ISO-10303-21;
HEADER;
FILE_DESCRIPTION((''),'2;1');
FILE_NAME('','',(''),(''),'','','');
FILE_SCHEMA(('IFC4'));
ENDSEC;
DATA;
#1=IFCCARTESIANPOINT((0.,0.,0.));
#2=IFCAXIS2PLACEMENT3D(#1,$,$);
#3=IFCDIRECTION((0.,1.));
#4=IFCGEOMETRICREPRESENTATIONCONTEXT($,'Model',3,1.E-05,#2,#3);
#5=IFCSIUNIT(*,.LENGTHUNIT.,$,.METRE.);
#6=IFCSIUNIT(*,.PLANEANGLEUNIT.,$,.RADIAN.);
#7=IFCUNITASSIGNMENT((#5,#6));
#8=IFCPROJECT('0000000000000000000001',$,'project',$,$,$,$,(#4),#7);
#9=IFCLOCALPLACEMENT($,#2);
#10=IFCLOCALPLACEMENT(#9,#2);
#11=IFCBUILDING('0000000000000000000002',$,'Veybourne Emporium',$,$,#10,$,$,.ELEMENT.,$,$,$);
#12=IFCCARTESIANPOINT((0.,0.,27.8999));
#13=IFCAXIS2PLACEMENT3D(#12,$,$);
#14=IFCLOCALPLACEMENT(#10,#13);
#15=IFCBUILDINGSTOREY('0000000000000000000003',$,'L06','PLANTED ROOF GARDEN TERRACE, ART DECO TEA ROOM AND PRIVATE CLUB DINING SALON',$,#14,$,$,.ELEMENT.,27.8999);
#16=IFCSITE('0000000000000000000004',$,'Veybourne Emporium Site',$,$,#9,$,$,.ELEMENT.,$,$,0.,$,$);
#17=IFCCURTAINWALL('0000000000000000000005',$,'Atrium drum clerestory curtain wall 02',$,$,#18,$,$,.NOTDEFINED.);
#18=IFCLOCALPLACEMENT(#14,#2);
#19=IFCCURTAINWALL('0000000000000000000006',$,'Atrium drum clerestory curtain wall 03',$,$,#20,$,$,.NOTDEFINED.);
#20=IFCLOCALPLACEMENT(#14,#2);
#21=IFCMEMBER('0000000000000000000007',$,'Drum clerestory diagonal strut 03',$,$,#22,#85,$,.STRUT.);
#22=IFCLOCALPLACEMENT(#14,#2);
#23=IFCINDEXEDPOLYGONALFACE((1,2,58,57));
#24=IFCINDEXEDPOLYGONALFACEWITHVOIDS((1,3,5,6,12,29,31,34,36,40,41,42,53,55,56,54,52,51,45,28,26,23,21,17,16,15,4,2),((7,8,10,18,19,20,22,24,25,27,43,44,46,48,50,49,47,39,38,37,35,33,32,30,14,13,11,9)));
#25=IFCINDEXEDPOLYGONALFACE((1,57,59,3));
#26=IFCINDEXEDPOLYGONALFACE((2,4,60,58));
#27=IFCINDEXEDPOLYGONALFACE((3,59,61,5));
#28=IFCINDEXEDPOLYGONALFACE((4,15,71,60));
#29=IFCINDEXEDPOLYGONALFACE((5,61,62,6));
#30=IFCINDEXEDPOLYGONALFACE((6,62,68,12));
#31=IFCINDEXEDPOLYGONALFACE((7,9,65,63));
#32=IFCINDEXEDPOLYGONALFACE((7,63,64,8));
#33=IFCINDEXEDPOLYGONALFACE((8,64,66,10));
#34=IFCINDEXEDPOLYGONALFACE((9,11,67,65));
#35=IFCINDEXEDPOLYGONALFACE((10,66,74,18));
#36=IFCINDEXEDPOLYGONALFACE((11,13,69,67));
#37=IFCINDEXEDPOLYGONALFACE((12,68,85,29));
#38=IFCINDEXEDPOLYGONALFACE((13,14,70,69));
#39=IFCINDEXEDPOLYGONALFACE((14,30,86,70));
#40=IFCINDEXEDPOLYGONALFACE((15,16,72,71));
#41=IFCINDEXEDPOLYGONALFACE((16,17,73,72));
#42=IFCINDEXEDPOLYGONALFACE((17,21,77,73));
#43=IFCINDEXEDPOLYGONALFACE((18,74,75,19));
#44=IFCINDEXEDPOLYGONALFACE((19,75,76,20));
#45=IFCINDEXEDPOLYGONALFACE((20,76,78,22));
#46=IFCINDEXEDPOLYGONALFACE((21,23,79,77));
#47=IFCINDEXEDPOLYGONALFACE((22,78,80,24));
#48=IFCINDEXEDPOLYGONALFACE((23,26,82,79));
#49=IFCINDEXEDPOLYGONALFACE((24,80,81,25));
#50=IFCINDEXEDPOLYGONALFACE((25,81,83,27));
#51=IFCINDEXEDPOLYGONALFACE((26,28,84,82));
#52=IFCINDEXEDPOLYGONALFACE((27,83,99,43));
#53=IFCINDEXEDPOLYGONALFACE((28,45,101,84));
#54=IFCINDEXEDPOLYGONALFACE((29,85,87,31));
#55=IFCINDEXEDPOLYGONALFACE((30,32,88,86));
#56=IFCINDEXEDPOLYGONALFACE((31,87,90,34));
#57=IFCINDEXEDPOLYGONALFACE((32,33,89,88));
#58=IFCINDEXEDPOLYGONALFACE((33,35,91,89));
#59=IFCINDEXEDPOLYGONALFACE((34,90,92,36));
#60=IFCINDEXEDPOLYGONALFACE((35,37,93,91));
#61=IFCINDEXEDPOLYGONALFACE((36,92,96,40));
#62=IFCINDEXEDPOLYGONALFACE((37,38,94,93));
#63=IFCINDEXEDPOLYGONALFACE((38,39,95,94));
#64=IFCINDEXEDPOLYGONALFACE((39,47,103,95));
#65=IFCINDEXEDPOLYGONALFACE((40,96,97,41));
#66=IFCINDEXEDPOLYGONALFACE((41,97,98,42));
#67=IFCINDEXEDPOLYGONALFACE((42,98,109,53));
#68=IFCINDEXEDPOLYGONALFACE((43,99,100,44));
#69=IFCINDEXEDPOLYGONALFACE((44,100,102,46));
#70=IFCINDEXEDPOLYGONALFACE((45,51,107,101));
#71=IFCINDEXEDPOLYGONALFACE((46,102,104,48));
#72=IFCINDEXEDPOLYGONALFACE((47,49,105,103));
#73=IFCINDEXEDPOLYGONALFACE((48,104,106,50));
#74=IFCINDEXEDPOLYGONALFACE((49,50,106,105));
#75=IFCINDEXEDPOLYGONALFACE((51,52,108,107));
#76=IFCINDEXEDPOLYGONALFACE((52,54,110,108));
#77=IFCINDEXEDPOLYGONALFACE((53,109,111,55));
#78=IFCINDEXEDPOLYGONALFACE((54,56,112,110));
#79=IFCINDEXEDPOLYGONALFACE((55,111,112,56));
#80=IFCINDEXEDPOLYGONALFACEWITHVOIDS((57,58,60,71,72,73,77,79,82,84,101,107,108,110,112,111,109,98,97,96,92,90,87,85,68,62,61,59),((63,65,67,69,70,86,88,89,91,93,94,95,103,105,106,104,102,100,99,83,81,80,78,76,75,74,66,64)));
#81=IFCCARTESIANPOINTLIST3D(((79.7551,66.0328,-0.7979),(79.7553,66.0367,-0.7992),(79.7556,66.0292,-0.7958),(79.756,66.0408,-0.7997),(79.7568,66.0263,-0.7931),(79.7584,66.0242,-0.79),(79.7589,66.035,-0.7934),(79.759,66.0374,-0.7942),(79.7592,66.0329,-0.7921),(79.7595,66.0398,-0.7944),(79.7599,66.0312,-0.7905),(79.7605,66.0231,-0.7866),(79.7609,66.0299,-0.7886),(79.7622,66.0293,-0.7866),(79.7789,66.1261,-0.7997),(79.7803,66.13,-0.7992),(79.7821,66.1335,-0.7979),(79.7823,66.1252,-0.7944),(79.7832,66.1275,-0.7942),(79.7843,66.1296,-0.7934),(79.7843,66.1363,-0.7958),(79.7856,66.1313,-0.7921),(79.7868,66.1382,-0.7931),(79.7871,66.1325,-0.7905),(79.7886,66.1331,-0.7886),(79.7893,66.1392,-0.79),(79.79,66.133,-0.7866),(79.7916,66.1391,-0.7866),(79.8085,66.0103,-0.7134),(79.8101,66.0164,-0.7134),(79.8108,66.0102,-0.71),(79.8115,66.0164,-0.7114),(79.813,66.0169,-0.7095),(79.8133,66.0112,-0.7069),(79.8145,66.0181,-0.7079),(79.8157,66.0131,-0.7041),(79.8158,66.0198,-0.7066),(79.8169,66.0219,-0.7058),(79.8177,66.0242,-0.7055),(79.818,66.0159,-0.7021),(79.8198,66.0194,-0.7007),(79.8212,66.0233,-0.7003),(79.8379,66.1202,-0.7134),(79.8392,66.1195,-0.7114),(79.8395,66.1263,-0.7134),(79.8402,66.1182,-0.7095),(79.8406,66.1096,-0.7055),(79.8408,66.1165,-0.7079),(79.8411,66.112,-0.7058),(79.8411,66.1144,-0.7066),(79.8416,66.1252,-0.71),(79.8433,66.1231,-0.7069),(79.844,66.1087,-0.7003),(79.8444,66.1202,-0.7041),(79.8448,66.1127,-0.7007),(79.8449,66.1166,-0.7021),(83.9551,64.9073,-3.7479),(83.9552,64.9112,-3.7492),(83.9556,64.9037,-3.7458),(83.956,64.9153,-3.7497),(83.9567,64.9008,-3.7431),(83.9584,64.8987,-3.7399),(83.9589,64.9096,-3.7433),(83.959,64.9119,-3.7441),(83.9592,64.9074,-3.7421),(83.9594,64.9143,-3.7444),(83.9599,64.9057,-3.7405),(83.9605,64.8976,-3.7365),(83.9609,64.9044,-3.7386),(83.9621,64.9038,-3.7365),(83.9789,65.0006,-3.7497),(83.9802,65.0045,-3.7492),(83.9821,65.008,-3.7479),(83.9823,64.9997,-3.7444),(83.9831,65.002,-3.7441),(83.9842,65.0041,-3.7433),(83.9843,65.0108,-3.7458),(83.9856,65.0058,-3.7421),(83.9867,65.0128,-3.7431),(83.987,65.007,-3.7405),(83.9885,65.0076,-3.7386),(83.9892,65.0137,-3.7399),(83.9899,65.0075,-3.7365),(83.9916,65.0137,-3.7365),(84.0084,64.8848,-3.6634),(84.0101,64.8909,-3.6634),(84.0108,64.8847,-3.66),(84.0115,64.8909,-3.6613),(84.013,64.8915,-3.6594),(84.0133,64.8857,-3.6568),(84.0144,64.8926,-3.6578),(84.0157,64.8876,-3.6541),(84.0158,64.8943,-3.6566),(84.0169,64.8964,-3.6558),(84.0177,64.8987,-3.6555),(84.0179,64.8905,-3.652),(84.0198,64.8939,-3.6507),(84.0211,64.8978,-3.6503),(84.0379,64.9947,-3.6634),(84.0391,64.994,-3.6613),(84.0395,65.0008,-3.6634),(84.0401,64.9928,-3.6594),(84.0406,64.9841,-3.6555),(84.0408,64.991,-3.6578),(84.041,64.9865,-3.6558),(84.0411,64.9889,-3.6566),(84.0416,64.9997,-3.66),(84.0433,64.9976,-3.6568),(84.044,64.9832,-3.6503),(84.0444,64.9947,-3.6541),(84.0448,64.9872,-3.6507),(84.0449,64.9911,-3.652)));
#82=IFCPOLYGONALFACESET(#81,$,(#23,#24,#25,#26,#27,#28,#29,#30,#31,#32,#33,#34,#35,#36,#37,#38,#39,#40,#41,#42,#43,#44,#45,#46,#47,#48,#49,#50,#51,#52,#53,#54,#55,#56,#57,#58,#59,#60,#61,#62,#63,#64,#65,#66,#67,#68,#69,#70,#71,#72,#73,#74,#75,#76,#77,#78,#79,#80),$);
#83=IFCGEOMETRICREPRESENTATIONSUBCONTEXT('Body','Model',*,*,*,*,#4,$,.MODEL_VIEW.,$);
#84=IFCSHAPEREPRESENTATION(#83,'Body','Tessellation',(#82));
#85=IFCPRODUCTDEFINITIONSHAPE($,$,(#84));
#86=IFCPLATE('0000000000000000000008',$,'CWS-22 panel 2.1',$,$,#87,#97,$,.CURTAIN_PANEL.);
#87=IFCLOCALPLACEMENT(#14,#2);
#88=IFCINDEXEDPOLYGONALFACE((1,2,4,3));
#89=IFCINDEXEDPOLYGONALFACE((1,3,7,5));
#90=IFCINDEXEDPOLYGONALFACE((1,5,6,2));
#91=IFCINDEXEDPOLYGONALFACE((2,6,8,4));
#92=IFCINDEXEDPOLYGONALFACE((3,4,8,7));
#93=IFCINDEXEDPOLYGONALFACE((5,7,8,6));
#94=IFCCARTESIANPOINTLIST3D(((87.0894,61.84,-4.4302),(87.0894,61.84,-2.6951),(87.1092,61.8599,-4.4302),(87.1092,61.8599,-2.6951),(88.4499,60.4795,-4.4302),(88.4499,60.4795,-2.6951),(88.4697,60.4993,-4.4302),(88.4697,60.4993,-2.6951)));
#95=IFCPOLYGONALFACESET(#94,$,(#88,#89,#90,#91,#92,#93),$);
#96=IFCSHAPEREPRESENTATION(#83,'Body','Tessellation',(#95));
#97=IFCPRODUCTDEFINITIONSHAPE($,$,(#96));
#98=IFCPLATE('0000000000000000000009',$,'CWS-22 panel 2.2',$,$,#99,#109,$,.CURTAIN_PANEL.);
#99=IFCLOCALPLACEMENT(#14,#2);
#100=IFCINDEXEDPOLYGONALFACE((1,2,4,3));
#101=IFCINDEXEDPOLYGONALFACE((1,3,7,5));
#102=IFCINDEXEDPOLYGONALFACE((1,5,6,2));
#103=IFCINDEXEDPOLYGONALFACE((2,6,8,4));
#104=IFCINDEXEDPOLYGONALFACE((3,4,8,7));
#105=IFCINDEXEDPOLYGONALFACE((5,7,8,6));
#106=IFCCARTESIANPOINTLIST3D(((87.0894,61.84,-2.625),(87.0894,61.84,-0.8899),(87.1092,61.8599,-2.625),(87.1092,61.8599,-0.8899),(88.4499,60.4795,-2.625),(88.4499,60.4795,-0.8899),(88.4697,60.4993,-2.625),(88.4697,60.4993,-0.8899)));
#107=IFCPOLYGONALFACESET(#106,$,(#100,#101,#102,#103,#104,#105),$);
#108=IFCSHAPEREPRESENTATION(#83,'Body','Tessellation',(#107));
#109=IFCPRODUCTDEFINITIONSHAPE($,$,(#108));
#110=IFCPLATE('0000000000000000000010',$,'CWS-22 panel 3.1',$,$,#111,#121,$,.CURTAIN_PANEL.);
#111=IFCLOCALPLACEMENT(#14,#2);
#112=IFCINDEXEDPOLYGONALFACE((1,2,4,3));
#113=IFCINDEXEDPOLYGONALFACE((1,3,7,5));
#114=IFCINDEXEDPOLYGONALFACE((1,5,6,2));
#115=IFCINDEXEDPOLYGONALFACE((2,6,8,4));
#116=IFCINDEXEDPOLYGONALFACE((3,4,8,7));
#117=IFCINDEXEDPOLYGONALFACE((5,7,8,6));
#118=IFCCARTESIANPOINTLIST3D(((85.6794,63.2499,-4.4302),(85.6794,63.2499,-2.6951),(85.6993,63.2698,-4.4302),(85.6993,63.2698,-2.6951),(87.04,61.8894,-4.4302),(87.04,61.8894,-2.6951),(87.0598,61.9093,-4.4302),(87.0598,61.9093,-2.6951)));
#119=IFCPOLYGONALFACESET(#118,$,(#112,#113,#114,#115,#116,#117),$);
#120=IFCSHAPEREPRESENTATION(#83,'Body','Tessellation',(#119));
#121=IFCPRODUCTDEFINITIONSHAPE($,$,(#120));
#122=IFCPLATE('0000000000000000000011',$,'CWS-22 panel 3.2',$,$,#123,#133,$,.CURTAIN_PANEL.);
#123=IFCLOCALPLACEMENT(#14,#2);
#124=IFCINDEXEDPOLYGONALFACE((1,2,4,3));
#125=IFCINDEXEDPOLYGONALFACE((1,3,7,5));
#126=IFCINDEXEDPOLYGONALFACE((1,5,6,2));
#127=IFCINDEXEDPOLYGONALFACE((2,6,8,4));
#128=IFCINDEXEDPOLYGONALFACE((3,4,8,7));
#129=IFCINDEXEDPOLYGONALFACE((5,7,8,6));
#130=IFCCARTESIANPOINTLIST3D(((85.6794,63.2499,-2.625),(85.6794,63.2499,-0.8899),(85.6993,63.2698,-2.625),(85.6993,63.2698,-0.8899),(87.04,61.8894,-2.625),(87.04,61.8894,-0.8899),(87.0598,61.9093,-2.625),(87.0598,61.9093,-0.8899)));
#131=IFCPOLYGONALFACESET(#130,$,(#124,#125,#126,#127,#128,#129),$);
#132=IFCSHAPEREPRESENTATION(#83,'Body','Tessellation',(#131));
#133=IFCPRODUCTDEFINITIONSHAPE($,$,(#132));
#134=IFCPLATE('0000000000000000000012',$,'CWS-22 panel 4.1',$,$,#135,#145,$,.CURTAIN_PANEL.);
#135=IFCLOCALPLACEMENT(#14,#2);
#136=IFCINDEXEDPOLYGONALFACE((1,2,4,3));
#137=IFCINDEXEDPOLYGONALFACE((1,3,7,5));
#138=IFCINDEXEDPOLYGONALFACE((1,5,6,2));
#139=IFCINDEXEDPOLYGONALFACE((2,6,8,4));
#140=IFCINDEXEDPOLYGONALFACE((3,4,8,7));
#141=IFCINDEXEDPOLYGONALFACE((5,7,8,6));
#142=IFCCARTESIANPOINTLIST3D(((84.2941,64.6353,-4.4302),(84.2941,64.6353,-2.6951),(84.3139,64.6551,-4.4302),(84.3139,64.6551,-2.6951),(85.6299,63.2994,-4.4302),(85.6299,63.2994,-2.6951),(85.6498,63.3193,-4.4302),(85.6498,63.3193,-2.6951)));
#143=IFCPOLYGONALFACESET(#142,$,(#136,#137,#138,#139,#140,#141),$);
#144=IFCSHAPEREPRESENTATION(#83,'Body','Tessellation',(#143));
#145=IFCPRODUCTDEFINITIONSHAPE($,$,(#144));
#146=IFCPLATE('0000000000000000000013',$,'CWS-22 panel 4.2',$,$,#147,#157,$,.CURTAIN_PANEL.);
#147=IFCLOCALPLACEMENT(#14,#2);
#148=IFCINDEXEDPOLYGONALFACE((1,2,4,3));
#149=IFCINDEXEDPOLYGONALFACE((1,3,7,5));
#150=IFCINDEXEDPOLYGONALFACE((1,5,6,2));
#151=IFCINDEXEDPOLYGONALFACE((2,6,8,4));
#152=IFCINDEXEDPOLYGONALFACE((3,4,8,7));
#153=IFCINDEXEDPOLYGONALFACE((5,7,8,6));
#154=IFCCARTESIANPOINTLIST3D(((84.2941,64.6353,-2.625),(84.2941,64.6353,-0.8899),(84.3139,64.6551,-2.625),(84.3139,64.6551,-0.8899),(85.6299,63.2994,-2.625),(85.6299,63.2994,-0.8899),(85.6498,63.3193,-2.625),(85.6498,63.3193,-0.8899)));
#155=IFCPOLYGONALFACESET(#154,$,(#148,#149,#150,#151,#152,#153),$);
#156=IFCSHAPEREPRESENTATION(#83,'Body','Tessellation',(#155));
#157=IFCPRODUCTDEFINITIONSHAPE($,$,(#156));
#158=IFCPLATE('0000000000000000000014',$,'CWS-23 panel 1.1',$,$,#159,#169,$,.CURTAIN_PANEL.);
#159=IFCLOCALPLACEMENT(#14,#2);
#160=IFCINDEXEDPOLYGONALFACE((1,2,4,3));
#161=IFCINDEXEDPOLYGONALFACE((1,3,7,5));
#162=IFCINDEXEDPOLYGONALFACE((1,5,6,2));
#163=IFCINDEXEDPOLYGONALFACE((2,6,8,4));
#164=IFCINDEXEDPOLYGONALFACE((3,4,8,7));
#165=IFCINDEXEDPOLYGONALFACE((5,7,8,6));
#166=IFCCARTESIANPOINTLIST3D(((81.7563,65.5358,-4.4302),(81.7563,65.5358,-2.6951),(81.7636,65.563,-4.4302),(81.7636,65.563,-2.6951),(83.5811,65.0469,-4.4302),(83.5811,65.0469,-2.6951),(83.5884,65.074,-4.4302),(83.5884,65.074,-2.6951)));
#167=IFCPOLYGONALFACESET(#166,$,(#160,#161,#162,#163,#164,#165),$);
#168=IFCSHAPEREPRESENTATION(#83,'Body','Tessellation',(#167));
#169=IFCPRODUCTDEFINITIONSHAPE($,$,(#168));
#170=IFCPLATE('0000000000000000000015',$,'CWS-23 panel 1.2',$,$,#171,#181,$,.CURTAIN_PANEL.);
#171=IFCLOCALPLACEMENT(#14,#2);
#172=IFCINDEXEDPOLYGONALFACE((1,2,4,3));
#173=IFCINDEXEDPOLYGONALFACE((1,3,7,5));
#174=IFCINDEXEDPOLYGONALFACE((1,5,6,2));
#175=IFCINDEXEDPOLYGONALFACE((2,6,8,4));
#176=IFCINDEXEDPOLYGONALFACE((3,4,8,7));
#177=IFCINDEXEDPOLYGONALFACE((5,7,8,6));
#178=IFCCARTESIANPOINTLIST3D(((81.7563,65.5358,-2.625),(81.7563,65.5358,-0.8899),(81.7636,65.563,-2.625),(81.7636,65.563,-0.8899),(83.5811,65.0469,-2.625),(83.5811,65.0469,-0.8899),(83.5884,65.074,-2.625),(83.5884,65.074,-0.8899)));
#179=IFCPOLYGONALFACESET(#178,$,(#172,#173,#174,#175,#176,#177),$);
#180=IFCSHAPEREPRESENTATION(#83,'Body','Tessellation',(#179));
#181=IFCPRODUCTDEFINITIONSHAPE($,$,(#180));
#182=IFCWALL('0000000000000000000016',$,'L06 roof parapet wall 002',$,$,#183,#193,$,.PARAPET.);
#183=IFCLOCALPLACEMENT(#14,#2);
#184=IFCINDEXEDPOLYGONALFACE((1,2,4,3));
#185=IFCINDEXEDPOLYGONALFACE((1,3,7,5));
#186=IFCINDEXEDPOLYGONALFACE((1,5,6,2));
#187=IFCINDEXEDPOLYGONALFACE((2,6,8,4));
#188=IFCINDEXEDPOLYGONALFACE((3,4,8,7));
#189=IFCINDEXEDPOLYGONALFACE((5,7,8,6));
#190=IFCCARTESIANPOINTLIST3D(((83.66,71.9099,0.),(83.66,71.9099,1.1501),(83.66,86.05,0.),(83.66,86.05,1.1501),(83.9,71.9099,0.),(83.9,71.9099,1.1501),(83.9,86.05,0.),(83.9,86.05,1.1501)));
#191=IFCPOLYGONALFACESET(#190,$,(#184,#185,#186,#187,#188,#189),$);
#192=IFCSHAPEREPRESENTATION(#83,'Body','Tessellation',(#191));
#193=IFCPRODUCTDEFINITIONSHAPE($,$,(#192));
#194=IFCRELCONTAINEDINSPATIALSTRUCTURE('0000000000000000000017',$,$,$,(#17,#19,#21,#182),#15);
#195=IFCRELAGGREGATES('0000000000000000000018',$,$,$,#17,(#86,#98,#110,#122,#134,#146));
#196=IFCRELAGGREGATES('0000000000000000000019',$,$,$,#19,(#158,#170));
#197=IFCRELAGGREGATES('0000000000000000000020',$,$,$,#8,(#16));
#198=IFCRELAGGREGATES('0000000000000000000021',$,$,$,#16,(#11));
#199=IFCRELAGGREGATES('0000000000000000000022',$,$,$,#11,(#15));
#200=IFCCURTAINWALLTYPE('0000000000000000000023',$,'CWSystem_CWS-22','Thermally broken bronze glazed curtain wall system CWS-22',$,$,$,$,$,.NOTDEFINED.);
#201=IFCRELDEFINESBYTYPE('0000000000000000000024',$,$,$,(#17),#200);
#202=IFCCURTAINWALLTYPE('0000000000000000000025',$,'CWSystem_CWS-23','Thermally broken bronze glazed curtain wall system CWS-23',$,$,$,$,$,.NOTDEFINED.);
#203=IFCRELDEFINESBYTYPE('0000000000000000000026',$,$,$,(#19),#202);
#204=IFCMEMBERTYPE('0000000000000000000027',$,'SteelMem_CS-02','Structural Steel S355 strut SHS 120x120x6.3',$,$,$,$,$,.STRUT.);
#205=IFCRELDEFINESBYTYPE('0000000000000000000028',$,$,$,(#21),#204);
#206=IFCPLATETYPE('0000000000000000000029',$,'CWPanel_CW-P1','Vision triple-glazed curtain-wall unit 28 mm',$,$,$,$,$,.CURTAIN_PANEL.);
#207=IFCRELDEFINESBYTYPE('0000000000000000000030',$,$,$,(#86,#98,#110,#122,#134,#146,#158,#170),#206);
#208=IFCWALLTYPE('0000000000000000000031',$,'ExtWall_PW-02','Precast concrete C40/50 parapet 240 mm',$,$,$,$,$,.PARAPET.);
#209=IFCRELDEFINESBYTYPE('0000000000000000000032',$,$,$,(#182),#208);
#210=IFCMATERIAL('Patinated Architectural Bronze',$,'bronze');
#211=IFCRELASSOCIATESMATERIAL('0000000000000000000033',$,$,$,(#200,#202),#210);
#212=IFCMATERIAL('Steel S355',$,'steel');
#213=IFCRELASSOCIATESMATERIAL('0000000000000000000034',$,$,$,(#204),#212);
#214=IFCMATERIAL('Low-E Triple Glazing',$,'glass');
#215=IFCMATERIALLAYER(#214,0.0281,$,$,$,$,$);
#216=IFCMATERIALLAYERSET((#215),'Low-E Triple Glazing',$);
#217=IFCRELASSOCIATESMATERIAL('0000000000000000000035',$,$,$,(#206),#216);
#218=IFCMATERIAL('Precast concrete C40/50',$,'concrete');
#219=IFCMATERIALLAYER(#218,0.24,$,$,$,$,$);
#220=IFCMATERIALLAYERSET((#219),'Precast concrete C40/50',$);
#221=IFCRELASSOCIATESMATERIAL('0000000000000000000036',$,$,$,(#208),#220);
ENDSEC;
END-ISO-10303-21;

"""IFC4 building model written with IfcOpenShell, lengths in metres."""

from ifc_helpers import new_model, si_unit, direction, frame, frame_2d, origin, origin_2d, place, context, subcontext, project, spatial, rectangle, hollow_rectangle, extrude, material, layer, layer_set, material_profile, profile_set, type_object, element, aggregate, save


model = new_model("IFC4")

# Units and contexts
model_context = context("Model", 3, precision=1e-05, world=origin(), true_north=direction((0.0, 1.0)))
body_context = subcontext(model_context, "Body", "Model", "MODEL_VIEW")
ifc_project = project(units=[si_unit("LENGTHUNIT", "METRE"), si_unit("PLANEANGLEUNIT", "RADIAN")], contexts=[model_context])

# Site, building, storey
site_placement = place(None, origin())
site = spatial("IfcSite", under=ifc_project, at=site_placement, Name="Veybourne Emporium Site", CompositionType="ELEMENT", RefElevation=0.0)
building_placement = place(site_placement, origin())
building = spatial("IfcBuilding", under=site, at=building_placement, Name="Veybourne Emporium", CompositionType="ELEMENT")
storey_placement = place(building_placement, frame((0.0, 0.0, 27.8999)))
storey = spatial("IfcBuildingStorey", under=building, at=storey_placement, Name="L06", Description="PLANTED ROOF GARDEN TERRACE, ART DECO TEA ROOM AND PRIVATE CLUB DINING SALON", CompositionType="ELEMENT", Elevation=27.8999)

# Curtain walls
ifc_material_1 = material(Name="Patinated Architectural Bronze", Category="bronze")
curtain_wall_type_1 = type_object("IfcCurtainWallType", Name="CWSystem_CWS-22", Description="Thermally broken bronze glazed curtain wall system CWS-22", PredefinedType="NOTDEFINED", material=ifc_material_1)
curtain_wall_1_placement = place(storey_placement, origin())
curtain_wall_1 = element("IfcCurtainWall", 1, at=curtain_wall_1_placement, inside=storey, type_object=curtain_wall_type_1, Name="Atrium drum clerestory curtain wall 02", PredefinedType="NOTDEFINED")
curtain_wall_type_2 = type_object("IfcCurtainWallType", Name="CWSystem_CWS-23", Description="Thermally broken bronze glazed curtain wall system CWS-23", PredefinedType="NOTDEFINED", material=ifc_material_1)
curtain_wall_2_placement = place(storey_placement, origin())
curtain_wall_2 = element("IfcCurtainWall", 2, at=curtain_wall_2_placement, inside=storey, type_object=curtain_wall_type_2, Name="Atrium drum clerestory curtain wall 03", PredefinedType="NOTDEFINED")

# Member
ifc_material_2 = material(Name="Steel S355", Category="steel")
ifc_material_profile_1 = material_profile(ifc_material_2, hollow_rectangle(XDim=0.1201, YDim=0.1201, WallThickness=0.0063, InnerFilletRadius=0.0095, OuterFilletRadius=0.0159, at=origin_2d()), Name="SHS 120x120x6.3")
ifc_profile_set_1 = profile_set([ifc_material_profile_1], Name="Steel S355")
member_type_1 = type_object("IfcMemberType", Name="SteelMem_CS-02", Description="Structural Steel S355 strut SHS 120x120x6.3", PredefinedType="STRUT", material=ifc_profile_set_1)
member_1_placement = place(storey_placement, frame((84.0, 64.9492, -3.7), z_axis=(-0.799324, 0.2142, 0.561427), x_axis=(-0.258844, -0.965919, 0.0)))
element("IfcMember", 3, at=member_1_placement, inside=storey, type_object=member_type_1, Name="Drum clerestory diagonal strut 03", PredefinedType="STRUT", context=body_context, shape_type="SweptSolid", body=[
    extrude(hollow_rectangle(XDim=0.1201, YDim=0.1201, WallThickness=0.0063, InnerFilletRadius=0.0095, OuterFilletRadius=0.0159, at=origin_2d()), origin(), (0.0, 0.0, 1.0), 5.2544),
])

# Plates
ifc_material_3 = material(Name="Low-E Triple Glazing", Category="glass")
ifc_layer_1 = layer(ifc_material_3, 0.0281)
ifc_layer_set_1 = layer_set([ifc_layer_1], Name="Low-E Triple Glazing")
plate_type = type_object("IfcPlateType", Name="CWPanel_CW-P1", Description="Vision triple-glazed curtain-wall unit 28 mm", PredefinedType="CURTAIN_PANEL", material=ifc_layer_set_1)
plate_1_placement = place(storey_placement, frame((87.7795, 61.1697, -4.4302), z_axis=(0.0, 0.0, 1.0), x_axis=(-0.707107, 0.707107, 0.0)))
plate_1 = element("IfcPlate", 4, at=plate_1_placement, type_object=plate_type, Name="CWS-22 panel 2.1", PredefinedType="CURTAIN_PANEL", context=body_context, shape_type="SweptSolid", body=[
    extrude(rectangle(XDim=1.9241, YDim=0.0281, at=origin_2d()), origin(), (0.0, 0.0, 1.0), 1.7351),
])
plate_2_placement = place(storey_placement, frame((87.7795, 61.1697, -2.625), z_axis=(0.0, 0.0, 1.0), x_axis=(-0.707107, 0.707107, 0.0)))
plate_2 = element("IfcPlate", 5, at=plate_2_placement, type_object=plate_type, Name="CWS-22 panel 2.2", PredefinedType="CURTAIN_PANEL", context=body_context, shape_type="SweptSolid", body=[
    extrude(rectangle(XDim=1.9241, YDim=0.0281, at=origin_2d()), origin(), (0.0, 0.0, 1.0), 1.7351),
])
plate_3_placement = place(storey_placement, frame((86.3696, 62.5796, -4.4302), z_axis=(0.0, 0.0, 1.0), x_axis=(-0.707107, 0.707107, 0.0)))
plate_3 = element("IfcPlate", 6, at=plate_3_placement, type_object=plate_type, Name="CWS-22 panel 3.1", PredefinedType="CURTAIN_PANEL", context=body_context, shape_type="SweptSolid", body=[
    extrude(rectangle(XDim=1.9241, YDim=0.0281, at=origin_2d()), origin(), (0.0, 0.0, 1.0), 1.7351),
])
plate_4_placement = place(storey_placement, frame((86.3696, 62.5796, -2.625), z_axis=(0.0, 0.0, 1.0), x_axis=(-0.707107, 0.707107, 0.0)))
plate_4 = element("IfcPlate", 7, at=plate_4_placement, type_object=plate_type, Name="CWS-22 panel 3.2", PredefinedType="CURTAIN_PANEL", context=body_context, shape_type="SweptSolid", body=[
    extrude(rectangle(XDim=1.9241, YDim=0.0281, at=origin_2d()), origin(), (0.0, 0.0, 1.0), 1.7351),
])
plate_5_placement = place(storey_placement, frame((84.9719, 63.9773, -4.4302), z_axis=(0.0, 0.0, 1.0), x_axis=(-0.707107, 0.707107, 0.0)))
plate_5 = element("IfcPlate", 8, at=plate_5_placement, type_object=plate_type, Name="CWS-22 panel 4.1", PredefinedType="CURTAIN_PANEL", context=body_context, shape_type="SweptSolid", body=[
    extrude(rectangle(XDim=1.8892, YDim=0.0281, at=origin_2d()), origin(), (0.0, 0.0, 1.0), 1.7351),
])
plate_6_placement = place(storey_placement, frame((84.9719, 63.9773, -2.625), z_axis=(0.0, 0.0, 1.0), x_axis=(-0.707107, 0.707107, 0.0)))
plate_6 = element("IfcPlate", 9, at=plate_6_placement, type_object=plate_type, Name="CWS-22 panel 4.2", PredefinedType="CURTAIN_PANEL", context=body_context, shape_type="SweptSolid", body=[
    extrude(rectangle(XDim=1.8892, YDim=0.0281, at=origin_2d()), origin(), (0.0, 0.0, 1.0), 1.7351),
])
aggregate(curtain_wall_1, [plate_1, plate_2, plate_3, plate_4, plate_5, plate_6])
plate_7_placement = place(storey_placement, frame((82.6724, 65.3049, -4.4302), z_axis=(0.0, 0.0, 1.0), x_axis=(-0.965926, 0.25882, 0.0)))
plate_7 = element("IfcPlate", 10, at=plate_7_placement, type_object=plate_type, Name="CWS-23 panel 1.1", PredefinedType="CURTAIN_PANEL", context=body_context, shape_type="SweptSolid", body=[
    extrude(rectangle(XDim=1.8892, YDim=0.0281, at=origin_2d()), origin(), (0.0, 0.0, 1.0), 1.7351),
])
plate_8_placement = place(storey_placement, frame((82.6724, 65.3049, -2.625), z_axis=(0.0, 0.0, 1.0), x_axis=(-0.965926, 0.25882, 0.0)))
plate_8 = element("IfcPlate", 11, at=plate_8_placement, type_object=plate_type, Name="CWS-23 panel 1.2", PredefinedType="CURTAIN_PANEL", context=body_context, shape_type="SweptSolid", body=[
    extrude(rectangle(XDim=1.8892, YDim=0.0281, at=origin_2d()), origin(), (0.0, 0.0, 1.0), 1.7351),
])
aggregate(curtain_wall_2, [plate_7, plate_8])

# Wall
ifc_material_4 = material(Name="Precast concrete C40/50", Category="concrete")
ifc_layer_2 = layer(ifc_material_4, 0.24)
ifc_layer_set_2 = layer_set([ifc_layer_2], Name="Precast concrete C40/50")
wall_type = type_object("IfcWallType", Name="ExtWall_PW-02", Description="Precast concrete C40/50 parapet 240 mm", PredefinedType="PARAPET", material=ifc_layer_set_2)
wall_1_placement = place(storey_placement, frame((83.78, 86.05, 0.0), z_axis=(0.0, 0.0, 1.0), x_axis=(0.0, -1.0, 0.0)))
element("IfcWall", 12, at=wall_1_placement, inside=storey, type_object=wall_type, Name="L06 roof parapet wall 002", PredefinedType="PARAPET", context=body_context, shape_type="SweptSolid", body=[
    extrude(rectangle(XDim=14.1401, YDim=0.24, at=frame_2d((7.0701, 0.0))), origin(), (0.0, 0.0, 1.0), 1.1501),
])

save(model, "model.ifc")
